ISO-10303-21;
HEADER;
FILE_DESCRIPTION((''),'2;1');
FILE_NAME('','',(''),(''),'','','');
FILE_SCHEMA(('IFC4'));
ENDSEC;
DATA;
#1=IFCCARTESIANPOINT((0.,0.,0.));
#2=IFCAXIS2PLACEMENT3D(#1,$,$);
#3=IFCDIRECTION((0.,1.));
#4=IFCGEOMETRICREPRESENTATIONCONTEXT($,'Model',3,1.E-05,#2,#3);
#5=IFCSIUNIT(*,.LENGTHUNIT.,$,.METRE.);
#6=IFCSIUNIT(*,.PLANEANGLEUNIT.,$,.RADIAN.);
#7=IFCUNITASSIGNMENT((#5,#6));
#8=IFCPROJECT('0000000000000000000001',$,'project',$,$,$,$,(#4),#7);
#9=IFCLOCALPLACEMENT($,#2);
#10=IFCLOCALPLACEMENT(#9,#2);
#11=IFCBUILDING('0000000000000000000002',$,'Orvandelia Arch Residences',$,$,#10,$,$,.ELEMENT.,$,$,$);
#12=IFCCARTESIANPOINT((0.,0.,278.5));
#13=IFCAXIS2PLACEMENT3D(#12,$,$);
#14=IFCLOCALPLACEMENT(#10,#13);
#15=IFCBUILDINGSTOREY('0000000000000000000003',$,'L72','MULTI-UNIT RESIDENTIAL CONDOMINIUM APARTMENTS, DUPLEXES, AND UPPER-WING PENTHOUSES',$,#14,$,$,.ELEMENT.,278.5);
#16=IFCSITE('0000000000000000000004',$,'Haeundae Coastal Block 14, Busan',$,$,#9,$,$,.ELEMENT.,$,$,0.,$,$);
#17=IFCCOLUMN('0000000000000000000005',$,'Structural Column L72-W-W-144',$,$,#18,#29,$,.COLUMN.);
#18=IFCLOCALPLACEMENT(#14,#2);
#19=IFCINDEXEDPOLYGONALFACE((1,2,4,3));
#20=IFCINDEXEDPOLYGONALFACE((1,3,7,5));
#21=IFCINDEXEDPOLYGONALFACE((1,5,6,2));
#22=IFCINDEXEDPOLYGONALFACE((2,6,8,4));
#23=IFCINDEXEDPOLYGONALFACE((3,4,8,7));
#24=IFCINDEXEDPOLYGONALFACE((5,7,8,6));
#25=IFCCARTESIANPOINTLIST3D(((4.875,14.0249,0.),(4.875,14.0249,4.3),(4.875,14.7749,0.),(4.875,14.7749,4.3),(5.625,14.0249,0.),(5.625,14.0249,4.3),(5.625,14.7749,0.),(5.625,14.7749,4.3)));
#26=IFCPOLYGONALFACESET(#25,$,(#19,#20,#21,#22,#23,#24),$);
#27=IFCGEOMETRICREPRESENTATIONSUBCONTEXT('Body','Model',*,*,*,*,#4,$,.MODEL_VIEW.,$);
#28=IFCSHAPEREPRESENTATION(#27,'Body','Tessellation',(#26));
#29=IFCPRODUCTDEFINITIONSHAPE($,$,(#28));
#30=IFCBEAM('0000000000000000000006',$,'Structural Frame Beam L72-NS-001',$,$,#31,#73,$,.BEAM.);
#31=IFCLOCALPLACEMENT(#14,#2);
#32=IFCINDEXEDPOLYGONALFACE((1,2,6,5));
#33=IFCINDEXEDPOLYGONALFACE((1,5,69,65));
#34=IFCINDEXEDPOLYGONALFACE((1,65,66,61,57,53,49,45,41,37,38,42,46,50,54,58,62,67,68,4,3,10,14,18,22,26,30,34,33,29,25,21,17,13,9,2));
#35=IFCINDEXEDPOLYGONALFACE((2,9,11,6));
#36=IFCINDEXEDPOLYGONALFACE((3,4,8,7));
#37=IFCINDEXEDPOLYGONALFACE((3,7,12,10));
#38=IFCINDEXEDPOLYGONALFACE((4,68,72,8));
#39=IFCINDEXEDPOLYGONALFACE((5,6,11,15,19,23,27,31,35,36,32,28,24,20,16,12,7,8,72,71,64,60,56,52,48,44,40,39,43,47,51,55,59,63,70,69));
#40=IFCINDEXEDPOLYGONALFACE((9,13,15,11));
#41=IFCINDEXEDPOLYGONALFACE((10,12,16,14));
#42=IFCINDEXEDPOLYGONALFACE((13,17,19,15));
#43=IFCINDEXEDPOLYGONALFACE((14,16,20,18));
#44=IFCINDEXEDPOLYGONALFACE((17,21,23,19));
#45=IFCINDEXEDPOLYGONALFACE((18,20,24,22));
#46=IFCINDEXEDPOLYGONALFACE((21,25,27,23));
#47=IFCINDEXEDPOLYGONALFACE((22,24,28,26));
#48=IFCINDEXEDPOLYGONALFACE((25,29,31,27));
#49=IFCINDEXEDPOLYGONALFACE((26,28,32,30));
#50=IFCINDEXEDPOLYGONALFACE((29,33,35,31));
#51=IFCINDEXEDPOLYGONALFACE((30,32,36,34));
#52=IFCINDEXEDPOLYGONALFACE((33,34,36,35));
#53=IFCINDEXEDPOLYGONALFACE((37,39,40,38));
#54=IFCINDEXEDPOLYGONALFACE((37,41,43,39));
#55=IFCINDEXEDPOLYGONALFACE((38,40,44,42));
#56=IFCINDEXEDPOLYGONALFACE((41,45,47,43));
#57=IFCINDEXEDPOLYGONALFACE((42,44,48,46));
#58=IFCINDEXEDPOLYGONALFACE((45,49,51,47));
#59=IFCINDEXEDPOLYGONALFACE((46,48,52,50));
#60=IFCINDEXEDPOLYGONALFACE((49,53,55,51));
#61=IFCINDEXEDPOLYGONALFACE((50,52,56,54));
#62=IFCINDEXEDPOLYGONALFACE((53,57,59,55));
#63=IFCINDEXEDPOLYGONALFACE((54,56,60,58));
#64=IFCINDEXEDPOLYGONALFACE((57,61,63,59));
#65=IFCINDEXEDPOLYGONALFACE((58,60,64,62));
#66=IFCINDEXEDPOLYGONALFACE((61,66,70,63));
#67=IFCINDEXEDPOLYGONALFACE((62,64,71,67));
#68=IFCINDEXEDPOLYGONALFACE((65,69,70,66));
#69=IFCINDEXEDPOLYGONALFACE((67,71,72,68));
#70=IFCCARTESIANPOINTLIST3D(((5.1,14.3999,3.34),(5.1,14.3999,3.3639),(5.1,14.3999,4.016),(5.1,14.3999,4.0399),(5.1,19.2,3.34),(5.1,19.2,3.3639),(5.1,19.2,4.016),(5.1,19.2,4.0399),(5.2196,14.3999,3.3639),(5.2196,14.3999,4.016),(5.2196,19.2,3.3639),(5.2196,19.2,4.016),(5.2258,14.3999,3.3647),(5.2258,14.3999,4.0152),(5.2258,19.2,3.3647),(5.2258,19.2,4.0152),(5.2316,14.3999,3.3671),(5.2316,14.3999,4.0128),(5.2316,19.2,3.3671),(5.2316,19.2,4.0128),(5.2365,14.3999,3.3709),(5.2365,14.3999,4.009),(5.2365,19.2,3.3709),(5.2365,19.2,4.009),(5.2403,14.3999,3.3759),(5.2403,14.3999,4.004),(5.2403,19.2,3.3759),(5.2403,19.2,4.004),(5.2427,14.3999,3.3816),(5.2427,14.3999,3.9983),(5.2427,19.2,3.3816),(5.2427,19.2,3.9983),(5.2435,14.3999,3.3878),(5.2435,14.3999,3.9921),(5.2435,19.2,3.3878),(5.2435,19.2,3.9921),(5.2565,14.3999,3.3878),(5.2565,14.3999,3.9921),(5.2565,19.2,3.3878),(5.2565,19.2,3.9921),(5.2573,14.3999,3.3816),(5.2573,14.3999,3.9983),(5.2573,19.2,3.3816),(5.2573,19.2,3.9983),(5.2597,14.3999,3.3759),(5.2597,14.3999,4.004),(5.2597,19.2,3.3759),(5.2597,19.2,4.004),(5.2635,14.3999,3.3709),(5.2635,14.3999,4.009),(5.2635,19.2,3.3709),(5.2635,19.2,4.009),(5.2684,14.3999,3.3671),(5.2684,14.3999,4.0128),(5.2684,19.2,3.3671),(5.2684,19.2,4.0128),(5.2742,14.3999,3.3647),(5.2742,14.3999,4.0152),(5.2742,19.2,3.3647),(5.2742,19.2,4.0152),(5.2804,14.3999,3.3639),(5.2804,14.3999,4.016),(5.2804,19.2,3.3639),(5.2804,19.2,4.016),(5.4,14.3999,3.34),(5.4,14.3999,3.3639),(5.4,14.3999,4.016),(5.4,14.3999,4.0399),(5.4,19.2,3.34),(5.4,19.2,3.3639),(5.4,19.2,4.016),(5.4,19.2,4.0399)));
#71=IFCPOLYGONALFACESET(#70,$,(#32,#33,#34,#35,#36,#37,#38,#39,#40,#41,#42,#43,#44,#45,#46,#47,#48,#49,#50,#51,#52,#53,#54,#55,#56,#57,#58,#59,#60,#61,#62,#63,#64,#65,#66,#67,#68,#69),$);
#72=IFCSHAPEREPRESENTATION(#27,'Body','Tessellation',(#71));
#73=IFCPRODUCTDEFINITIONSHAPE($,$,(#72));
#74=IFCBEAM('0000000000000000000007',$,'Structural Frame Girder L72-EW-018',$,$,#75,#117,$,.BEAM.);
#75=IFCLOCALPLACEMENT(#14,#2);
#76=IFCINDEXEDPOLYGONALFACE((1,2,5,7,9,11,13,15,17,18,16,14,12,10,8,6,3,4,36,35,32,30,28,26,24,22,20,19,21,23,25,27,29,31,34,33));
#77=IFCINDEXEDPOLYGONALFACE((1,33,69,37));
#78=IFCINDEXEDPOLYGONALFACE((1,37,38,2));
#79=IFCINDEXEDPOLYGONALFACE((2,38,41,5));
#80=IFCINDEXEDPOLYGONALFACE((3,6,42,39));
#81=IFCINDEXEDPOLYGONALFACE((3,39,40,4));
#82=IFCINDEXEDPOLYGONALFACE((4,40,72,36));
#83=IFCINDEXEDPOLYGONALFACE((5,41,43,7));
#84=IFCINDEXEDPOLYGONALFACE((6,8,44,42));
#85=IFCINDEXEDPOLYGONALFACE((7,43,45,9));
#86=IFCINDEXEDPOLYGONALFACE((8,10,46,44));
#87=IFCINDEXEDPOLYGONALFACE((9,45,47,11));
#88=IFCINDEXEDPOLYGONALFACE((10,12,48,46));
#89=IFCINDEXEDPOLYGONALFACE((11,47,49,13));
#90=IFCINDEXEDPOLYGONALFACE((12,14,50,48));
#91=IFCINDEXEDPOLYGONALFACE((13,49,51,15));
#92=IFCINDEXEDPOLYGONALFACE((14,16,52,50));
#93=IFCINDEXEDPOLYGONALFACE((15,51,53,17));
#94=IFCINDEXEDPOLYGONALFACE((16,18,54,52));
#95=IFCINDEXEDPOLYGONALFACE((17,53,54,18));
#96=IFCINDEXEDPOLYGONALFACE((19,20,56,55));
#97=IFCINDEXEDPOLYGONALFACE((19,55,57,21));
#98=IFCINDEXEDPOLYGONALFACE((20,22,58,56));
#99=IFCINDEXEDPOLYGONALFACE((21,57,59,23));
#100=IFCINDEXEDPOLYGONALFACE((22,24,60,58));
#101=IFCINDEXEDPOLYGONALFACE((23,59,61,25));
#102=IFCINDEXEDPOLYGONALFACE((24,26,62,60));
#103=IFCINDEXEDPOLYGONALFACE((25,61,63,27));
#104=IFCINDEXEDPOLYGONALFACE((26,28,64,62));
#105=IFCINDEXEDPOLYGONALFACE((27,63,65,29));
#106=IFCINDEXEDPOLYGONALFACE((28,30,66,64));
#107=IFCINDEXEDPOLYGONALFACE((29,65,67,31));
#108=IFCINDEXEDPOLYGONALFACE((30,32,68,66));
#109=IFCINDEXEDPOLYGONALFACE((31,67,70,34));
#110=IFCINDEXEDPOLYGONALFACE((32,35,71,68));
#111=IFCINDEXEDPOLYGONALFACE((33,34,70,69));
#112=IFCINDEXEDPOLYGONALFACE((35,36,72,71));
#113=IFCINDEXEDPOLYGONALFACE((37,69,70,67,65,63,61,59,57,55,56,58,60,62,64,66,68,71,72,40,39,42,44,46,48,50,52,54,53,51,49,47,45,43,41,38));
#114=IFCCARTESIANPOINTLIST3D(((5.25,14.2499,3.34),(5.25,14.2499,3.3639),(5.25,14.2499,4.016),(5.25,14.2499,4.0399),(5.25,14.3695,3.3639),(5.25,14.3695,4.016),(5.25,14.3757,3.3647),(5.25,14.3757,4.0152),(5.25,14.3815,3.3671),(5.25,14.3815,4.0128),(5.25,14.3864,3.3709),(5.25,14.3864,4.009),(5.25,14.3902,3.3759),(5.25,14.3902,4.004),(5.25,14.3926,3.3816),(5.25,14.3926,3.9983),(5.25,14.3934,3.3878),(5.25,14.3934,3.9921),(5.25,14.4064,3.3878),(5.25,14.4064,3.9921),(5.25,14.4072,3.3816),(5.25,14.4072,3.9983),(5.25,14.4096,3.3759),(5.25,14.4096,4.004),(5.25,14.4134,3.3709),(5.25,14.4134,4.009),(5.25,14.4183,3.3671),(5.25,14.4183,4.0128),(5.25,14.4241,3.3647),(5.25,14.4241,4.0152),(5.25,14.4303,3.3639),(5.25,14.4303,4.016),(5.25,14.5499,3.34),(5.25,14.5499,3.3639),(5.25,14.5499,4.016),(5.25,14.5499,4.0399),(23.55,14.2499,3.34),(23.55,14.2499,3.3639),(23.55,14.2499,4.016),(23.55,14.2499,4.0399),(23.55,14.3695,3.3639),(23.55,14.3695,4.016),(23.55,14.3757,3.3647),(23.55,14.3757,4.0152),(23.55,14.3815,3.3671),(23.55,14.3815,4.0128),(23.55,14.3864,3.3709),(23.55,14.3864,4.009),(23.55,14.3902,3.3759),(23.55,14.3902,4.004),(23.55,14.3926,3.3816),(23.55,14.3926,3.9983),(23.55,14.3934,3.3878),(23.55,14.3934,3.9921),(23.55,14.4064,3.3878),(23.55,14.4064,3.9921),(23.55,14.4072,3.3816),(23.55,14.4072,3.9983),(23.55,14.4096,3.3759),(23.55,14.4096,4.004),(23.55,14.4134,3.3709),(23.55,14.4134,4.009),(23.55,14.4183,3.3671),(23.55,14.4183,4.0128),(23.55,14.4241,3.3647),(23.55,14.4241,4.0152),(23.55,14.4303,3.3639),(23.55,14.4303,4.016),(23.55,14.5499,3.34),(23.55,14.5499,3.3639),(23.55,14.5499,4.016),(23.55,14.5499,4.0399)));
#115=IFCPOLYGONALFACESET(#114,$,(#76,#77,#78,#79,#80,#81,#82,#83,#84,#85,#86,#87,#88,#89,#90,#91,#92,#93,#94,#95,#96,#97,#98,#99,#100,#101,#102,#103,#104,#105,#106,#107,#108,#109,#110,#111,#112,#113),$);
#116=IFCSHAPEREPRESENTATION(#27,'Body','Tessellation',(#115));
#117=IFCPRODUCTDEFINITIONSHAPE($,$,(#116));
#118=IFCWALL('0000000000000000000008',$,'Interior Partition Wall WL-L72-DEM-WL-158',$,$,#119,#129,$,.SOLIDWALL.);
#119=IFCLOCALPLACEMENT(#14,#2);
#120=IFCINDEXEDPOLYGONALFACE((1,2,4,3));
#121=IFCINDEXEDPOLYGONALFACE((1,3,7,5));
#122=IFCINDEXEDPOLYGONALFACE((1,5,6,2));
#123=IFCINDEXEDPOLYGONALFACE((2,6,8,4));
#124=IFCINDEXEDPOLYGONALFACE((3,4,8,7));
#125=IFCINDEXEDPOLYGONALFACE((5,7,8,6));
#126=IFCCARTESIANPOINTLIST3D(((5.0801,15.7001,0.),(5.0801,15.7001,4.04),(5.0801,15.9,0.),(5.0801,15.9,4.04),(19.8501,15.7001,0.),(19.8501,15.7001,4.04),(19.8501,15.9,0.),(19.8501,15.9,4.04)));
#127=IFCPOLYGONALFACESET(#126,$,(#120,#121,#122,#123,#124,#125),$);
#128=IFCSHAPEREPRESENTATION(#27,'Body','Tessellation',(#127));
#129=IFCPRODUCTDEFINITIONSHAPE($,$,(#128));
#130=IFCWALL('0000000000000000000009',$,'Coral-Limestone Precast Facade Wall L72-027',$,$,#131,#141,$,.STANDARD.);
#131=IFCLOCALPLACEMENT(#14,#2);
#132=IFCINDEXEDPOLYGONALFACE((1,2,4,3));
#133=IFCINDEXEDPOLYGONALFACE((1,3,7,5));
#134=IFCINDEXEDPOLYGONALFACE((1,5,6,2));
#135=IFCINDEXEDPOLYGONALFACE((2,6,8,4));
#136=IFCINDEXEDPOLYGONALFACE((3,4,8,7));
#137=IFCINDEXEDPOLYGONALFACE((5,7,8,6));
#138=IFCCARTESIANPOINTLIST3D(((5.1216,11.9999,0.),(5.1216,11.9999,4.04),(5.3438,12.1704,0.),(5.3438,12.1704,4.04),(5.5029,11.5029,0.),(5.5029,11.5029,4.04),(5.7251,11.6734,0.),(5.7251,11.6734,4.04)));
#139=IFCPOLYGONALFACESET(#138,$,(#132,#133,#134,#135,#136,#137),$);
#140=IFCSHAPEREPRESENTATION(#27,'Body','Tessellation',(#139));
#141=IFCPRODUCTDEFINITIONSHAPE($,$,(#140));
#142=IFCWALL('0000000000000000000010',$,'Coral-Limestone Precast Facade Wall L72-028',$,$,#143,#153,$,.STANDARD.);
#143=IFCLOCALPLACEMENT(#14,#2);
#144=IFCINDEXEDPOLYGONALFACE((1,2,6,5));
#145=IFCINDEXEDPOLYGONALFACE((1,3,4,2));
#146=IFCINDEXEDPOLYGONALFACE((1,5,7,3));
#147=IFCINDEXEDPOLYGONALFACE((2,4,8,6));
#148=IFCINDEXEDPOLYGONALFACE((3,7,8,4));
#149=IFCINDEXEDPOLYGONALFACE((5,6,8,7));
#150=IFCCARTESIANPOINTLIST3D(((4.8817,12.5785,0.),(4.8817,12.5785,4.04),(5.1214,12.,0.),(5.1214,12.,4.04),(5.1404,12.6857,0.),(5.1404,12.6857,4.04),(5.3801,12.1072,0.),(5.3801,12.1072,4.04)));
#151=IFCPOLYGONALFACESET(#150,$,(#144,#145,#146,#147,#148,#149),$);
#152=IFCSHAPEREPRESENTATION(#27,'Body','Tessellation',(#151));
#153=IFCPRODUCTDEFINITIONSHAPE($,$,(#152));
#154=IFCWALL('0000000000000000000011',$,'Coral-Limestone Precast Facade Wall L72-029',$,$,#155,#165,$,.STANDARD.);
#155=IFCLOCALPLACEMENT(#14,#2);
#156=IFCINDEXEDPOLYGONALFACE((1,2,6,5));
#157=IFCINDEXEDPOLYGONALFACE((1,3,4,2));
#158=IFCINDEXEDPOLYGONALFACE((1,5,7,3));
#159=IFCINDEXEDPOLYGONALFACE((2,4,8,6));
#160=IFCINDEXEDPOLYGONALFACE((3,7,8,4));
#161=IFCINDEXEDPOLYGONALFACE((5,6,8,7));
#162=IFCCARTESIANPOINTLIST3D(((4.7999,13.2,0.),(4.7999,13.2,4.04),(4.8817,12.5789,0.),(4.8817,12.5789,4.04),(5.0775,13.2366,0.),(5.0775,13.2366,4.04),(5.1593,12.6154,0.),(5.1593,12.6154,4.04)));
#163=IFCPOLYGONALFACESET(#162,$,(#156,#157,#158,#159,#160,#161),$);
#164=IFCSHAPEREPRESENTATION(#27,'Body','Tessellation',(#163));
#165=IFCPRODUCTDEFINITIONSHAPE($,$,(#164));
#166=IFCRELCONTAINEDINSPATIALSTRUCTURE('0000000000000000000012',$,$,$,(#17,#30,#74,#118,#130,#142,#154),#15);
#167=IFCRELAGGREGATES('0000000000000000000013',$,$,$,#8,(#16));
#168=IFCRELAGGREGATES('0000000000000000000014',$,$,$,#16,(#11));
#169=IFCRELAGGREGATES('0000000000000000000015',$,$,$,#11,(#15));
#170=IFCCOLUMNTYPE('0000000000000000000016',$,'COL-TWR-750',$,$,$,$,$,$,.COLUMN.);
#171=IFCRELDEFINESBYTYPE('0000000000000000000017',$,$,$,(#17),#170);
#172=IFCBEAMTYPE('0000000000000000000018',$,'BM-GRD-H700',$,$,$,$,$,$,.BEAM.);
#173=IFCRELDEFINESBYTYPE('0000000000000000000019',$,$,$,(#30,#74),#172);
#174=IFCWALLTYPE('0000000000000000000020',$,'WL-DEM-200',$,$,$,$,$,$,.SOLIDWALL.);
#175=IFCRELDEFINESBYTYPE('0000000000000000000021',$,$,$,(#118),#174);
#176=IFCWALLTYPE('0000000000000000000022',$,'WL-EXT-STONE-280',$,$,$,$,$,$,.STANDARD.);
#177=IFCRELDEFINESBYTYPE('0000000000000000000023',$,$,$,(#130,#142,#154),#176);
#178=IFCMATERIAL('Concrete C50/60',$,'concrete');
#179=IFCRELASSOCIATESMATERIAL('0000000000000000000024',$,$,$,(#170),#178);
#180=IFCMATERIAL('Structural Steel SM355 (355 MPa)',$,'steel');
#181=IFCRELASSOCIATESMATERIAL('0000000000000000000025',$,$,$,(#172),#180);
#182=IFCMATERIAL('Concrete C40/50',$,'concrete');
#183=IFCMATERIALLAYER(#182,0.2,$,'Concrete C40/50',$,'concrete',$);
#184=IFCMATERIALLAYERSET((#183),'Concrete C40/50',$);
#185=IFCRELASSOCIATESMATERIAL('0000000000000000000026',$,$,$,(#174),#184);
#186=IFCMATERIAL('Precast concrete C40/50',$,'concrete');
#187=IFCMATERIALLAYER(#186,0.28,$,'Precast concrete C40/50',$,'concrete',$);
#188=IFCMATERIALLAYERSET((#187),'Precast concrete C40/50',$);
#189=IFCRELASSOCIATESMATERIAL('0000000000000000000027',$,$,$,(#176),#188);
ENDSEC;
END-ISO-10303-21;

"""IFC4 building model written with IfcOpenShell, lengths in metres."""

from ifc_helpers import new_model, si_unit, direction, frame, frame_2d, origin, origin_2d, place, context, subcontext, project, spatial, rectangle, i_section, extrude, material, layer, layer_set, material_profile, profile_set, type_object, element, save


model = new_model("IFC4")

# Units and contexts
model_context = context("Model", 3, precision=1e-05, world=origin(), true_north=direction((0.0, 1.0)))
body_context = subcontext(model_context, "Body", "Model", "MODEL_VIEW")
ifc_project = project(units=[si_unit("LENGTHUNIT", "METRE"), si_unit("PLANEANGLEUNIT", "RADIAN")], contexts=[model_context])

# Site, building, storey
site_placement = place(None, origin())
site = spatial("IfcSite", under=ifc_project, at=site_placement, Name="Haeundae Coastal Block 14, Busan", CompositionType="ELEMENT", RefElevation=0.0)
building_placement = place(site_placement, origin())
building = spatial("IfcBuilding", under=site, at=building_placement, Name="Orvandelia Arch Residences", CompositionType="ELEMENT")
storey_placement = place(building_placement, frame((0.0, 0.0, 278.5)))
storey = spatial("IfcBuildingStorey", under=building, at=storey_placement, Name="L72", Description="MULTI-UNIT RESIDENTIAL CONDOMINIUM APARTMENTS, DUPLEXES, AND UPPER-WING PENTHOUSES", CompositionType="ELEMENT", Elevation=278.5)

# Column
ifc_material_1 = material(Name="Concrete C50/60", Category="concrete")
ifc_material_profile_1 = material_profile(ifc_material_1, rectangle(XDim=0.75, YDim=0.75, at=origin_2d()), Name="Concrete C50/60", Category="concrete")
ifc_profile_set_1 = profile_set([ifc_material_profile_1], Name="Concrete C50/60")
column_type = type_object("IfcColumnType", Name="COL-TWR-750", PredefinedType="COLUMN", material=ifc_profile_set_1)
column_placement = place(storey_placement, frame((5.25, 14.3999, 0.0), z_axis=(0.0, 0.0, 1.0), x_axis=(1.0, 0.0, 0.0)))
element("IfcColumn", 1, at=column_placement, inside=storey, type_object=column_type, Name="Structural Column L72-W-W-144", PredefinedType="COLUMN", context=body_context, shape_type="SweptSolid", body=[
    extrude(rectangle(XDim=0.75, YDim=0.75, at=origin_2d()), origin(), (0.0, 0.0, 1.0), 4.3),
])

# Beams
ifc_material_2 = material(Name="Structural Steel SM355 (355 MPa)", Category="steel")
ifc_material_profile_2 = material_profile(ifc_material_2, i_section(OverallWidth=0.3, OverallDepth=0.7, WebThickness=0.0129, FlangeThickness=0.0239, FilletRadius=0.0239, at=origin_2d()), Name="Structural Steel SM355 (355 MPa)", Category="steel")
ifc_profile_set_2 = profile_set([ifc_material_profile_2], Name="Structural Steel SM355 (355 MPa)")
beam_type = type_object("IfcBeamType", Name="BM-GRD-H700", PredefinedType="BEAM", material=ifc_profile_set_2)
beam_1_placement = place(storey_placement, frame((5.25, 14.3999, 3.6899), z_axis=(0.0, 1.0, 0.0), x_axis=(-1.0, 0.0, 0.0)))
element("IfcBeam", 2, at=beam_1_placement, inside=storey, type_object=beam_type, Name="Structural Frame Beam L72-NS-001", PredefinedType="BEAM", context=body_context, shape_type="SweptSolid", body=[
    extrude(i_section(OverallWidth=0.3, OverallDepth=0.7, WebThickness=0.0129, FlangeThickness=0.0239, FilletRadius=0.0239, at=origin_2d()), origin(), (0.0, 0.0, 1.0), 4.8),
])
beam_2_placement = place(storey_placement, frame((5.25, 14.3999, 3.6899), z_axis=(1.0, 0.0, 0.0), x_axis=(0.0, 1.0, 0.0)))
element("IfcBeam", 3, at=beam_2_placement, inside=storey, type_object=beam_type, Name="Structural Frame Girder L72-EW-018", PredefinedType="BEAM", context=body_context, shape_type="SweptSolid", body=[
    extrude(i_section(OverallWidth=0.3, OverallDepth=0.7, WebThickness=0.0129, FlangeThickness=0.0239, FilletRadius=0.0239, at=origin_2d()), origin(), (0.0, 0.0, 1.0), 18.3),
])

# Walls
ifc_material_3 = material(Name="Concrete C40/50", Category="concrete")
ifc_layer_1 = layer(ifc_material_3, 0.2, Name="Concrete C40/50", Category="concrete")
ifc_layer_set_1 = layer_set([ifc_layer_1], Name="Concrete C40/50")
wall_type_1 = type_object("IfcWallType", Name="WL-DEM-200", PredefinedType="SOLIDWALL", material=ifc_layer_set_1)
wall_1_placement = place(storey_placement, frame((5.0801, 15.8, 0.0), z_axis=(0.0, 0.0, 1.0), x_axis=(1.0, 0.0, 0.0)))
element("IfcWall", 4, at=wall_1_placement, inside=storey, type_object=wall_type_1, Name="Interior Partition Wall WL-L72-DEM-WL-158", PredefinedType="SOLIDWALL", context=body_context, shape_type="SweptSolid", body=[
    extrude(rectangle(XDim=14.77, YDim=0.2, at=frame_2d((7.385, 0.0))), origin(), (0.0, 0.0, 1.0), 4.04),
])
ifc_material_4 = material(Name="Precast concrete C40/50", Category="concrete")
ifc_layer_2 = layer(ifc_material_4, 0.28, Name="Precast concrete C40/50", Category="concrete")
ifc_layer_set_2 = layer_set([ifc_layer_2], Name="Precast concrete C40/50")
wall_type_2 = type_object("IfcWallType", Name="WL-EXT-STONE-280", PredefinedType="STANDARD", material=ifc_layer_set_2)
wall_2_placement = place(storey_placement, frame((5.614, 11.5881, 0.0), z_axis=(0.0, 0.0, 1.0), x_axis=(-0.608693, 0.793406, 0.0)))
element("IfcWall", 5, at=wall_2_placement, inside=storey, type_object=wall_type_2, Name="Coral-Limestone Precast Facade Wall L72-027", PredefinedType="STANDARD", context=body_context, shape_type="SweptSolid", body=[
    extrude(rectangle(XDim=0.6265, YDim=0.28, at=frame_2d((0.3132, 0.0))), origin(), (0.0, 0.0, 1.0), 4.04),
])
wall_3_placement = place(storey_placement, frame((5.2507, 12.0537, 0.0), z_axis=(0.0, 0.0, 1.0), x_axis=(-0.382788, 0.923836, 0.0)))
element("IfcWall", 6, at=wall_3_placement, inside=storey, type_object=wall_type_2, Name="Coral-Limestone Precast Facade Wall L72-028", PredefinedType="STANDARD", context=body_context, shape_type="SweptSolid", body=[
    extrude(rectangle(XDim=0.6262, YDim=0.28, at=frame_2d((0.313, 0.0))), origin(), (0.0, 0.0, 1.0), 4.04),
])
wall_4_placement = place(storey_placement, frame((5.0205, 12.5972, 0.0), z_axis=(0.0, 0.0, 1.0), x_axis=(-0.130555, 0.991441, 0.0)))
element("IfcWall", 7, at=wall_4_placement, inside=storey, type_object=wall_type_2, Name="Coral-Limestone Precast Facade Wall L72-029", PredefinedType="STANDARD", context=body_context, shape_type="SweptSolid", body=[
    extrude(rectangle(XDim=0.6265, YDim=0.28, at=frame_2d((0.3132, 0.0))), origin(), (0.0, 0.0, 1.0), 4.04),
])

save(model, "model.ifc")
